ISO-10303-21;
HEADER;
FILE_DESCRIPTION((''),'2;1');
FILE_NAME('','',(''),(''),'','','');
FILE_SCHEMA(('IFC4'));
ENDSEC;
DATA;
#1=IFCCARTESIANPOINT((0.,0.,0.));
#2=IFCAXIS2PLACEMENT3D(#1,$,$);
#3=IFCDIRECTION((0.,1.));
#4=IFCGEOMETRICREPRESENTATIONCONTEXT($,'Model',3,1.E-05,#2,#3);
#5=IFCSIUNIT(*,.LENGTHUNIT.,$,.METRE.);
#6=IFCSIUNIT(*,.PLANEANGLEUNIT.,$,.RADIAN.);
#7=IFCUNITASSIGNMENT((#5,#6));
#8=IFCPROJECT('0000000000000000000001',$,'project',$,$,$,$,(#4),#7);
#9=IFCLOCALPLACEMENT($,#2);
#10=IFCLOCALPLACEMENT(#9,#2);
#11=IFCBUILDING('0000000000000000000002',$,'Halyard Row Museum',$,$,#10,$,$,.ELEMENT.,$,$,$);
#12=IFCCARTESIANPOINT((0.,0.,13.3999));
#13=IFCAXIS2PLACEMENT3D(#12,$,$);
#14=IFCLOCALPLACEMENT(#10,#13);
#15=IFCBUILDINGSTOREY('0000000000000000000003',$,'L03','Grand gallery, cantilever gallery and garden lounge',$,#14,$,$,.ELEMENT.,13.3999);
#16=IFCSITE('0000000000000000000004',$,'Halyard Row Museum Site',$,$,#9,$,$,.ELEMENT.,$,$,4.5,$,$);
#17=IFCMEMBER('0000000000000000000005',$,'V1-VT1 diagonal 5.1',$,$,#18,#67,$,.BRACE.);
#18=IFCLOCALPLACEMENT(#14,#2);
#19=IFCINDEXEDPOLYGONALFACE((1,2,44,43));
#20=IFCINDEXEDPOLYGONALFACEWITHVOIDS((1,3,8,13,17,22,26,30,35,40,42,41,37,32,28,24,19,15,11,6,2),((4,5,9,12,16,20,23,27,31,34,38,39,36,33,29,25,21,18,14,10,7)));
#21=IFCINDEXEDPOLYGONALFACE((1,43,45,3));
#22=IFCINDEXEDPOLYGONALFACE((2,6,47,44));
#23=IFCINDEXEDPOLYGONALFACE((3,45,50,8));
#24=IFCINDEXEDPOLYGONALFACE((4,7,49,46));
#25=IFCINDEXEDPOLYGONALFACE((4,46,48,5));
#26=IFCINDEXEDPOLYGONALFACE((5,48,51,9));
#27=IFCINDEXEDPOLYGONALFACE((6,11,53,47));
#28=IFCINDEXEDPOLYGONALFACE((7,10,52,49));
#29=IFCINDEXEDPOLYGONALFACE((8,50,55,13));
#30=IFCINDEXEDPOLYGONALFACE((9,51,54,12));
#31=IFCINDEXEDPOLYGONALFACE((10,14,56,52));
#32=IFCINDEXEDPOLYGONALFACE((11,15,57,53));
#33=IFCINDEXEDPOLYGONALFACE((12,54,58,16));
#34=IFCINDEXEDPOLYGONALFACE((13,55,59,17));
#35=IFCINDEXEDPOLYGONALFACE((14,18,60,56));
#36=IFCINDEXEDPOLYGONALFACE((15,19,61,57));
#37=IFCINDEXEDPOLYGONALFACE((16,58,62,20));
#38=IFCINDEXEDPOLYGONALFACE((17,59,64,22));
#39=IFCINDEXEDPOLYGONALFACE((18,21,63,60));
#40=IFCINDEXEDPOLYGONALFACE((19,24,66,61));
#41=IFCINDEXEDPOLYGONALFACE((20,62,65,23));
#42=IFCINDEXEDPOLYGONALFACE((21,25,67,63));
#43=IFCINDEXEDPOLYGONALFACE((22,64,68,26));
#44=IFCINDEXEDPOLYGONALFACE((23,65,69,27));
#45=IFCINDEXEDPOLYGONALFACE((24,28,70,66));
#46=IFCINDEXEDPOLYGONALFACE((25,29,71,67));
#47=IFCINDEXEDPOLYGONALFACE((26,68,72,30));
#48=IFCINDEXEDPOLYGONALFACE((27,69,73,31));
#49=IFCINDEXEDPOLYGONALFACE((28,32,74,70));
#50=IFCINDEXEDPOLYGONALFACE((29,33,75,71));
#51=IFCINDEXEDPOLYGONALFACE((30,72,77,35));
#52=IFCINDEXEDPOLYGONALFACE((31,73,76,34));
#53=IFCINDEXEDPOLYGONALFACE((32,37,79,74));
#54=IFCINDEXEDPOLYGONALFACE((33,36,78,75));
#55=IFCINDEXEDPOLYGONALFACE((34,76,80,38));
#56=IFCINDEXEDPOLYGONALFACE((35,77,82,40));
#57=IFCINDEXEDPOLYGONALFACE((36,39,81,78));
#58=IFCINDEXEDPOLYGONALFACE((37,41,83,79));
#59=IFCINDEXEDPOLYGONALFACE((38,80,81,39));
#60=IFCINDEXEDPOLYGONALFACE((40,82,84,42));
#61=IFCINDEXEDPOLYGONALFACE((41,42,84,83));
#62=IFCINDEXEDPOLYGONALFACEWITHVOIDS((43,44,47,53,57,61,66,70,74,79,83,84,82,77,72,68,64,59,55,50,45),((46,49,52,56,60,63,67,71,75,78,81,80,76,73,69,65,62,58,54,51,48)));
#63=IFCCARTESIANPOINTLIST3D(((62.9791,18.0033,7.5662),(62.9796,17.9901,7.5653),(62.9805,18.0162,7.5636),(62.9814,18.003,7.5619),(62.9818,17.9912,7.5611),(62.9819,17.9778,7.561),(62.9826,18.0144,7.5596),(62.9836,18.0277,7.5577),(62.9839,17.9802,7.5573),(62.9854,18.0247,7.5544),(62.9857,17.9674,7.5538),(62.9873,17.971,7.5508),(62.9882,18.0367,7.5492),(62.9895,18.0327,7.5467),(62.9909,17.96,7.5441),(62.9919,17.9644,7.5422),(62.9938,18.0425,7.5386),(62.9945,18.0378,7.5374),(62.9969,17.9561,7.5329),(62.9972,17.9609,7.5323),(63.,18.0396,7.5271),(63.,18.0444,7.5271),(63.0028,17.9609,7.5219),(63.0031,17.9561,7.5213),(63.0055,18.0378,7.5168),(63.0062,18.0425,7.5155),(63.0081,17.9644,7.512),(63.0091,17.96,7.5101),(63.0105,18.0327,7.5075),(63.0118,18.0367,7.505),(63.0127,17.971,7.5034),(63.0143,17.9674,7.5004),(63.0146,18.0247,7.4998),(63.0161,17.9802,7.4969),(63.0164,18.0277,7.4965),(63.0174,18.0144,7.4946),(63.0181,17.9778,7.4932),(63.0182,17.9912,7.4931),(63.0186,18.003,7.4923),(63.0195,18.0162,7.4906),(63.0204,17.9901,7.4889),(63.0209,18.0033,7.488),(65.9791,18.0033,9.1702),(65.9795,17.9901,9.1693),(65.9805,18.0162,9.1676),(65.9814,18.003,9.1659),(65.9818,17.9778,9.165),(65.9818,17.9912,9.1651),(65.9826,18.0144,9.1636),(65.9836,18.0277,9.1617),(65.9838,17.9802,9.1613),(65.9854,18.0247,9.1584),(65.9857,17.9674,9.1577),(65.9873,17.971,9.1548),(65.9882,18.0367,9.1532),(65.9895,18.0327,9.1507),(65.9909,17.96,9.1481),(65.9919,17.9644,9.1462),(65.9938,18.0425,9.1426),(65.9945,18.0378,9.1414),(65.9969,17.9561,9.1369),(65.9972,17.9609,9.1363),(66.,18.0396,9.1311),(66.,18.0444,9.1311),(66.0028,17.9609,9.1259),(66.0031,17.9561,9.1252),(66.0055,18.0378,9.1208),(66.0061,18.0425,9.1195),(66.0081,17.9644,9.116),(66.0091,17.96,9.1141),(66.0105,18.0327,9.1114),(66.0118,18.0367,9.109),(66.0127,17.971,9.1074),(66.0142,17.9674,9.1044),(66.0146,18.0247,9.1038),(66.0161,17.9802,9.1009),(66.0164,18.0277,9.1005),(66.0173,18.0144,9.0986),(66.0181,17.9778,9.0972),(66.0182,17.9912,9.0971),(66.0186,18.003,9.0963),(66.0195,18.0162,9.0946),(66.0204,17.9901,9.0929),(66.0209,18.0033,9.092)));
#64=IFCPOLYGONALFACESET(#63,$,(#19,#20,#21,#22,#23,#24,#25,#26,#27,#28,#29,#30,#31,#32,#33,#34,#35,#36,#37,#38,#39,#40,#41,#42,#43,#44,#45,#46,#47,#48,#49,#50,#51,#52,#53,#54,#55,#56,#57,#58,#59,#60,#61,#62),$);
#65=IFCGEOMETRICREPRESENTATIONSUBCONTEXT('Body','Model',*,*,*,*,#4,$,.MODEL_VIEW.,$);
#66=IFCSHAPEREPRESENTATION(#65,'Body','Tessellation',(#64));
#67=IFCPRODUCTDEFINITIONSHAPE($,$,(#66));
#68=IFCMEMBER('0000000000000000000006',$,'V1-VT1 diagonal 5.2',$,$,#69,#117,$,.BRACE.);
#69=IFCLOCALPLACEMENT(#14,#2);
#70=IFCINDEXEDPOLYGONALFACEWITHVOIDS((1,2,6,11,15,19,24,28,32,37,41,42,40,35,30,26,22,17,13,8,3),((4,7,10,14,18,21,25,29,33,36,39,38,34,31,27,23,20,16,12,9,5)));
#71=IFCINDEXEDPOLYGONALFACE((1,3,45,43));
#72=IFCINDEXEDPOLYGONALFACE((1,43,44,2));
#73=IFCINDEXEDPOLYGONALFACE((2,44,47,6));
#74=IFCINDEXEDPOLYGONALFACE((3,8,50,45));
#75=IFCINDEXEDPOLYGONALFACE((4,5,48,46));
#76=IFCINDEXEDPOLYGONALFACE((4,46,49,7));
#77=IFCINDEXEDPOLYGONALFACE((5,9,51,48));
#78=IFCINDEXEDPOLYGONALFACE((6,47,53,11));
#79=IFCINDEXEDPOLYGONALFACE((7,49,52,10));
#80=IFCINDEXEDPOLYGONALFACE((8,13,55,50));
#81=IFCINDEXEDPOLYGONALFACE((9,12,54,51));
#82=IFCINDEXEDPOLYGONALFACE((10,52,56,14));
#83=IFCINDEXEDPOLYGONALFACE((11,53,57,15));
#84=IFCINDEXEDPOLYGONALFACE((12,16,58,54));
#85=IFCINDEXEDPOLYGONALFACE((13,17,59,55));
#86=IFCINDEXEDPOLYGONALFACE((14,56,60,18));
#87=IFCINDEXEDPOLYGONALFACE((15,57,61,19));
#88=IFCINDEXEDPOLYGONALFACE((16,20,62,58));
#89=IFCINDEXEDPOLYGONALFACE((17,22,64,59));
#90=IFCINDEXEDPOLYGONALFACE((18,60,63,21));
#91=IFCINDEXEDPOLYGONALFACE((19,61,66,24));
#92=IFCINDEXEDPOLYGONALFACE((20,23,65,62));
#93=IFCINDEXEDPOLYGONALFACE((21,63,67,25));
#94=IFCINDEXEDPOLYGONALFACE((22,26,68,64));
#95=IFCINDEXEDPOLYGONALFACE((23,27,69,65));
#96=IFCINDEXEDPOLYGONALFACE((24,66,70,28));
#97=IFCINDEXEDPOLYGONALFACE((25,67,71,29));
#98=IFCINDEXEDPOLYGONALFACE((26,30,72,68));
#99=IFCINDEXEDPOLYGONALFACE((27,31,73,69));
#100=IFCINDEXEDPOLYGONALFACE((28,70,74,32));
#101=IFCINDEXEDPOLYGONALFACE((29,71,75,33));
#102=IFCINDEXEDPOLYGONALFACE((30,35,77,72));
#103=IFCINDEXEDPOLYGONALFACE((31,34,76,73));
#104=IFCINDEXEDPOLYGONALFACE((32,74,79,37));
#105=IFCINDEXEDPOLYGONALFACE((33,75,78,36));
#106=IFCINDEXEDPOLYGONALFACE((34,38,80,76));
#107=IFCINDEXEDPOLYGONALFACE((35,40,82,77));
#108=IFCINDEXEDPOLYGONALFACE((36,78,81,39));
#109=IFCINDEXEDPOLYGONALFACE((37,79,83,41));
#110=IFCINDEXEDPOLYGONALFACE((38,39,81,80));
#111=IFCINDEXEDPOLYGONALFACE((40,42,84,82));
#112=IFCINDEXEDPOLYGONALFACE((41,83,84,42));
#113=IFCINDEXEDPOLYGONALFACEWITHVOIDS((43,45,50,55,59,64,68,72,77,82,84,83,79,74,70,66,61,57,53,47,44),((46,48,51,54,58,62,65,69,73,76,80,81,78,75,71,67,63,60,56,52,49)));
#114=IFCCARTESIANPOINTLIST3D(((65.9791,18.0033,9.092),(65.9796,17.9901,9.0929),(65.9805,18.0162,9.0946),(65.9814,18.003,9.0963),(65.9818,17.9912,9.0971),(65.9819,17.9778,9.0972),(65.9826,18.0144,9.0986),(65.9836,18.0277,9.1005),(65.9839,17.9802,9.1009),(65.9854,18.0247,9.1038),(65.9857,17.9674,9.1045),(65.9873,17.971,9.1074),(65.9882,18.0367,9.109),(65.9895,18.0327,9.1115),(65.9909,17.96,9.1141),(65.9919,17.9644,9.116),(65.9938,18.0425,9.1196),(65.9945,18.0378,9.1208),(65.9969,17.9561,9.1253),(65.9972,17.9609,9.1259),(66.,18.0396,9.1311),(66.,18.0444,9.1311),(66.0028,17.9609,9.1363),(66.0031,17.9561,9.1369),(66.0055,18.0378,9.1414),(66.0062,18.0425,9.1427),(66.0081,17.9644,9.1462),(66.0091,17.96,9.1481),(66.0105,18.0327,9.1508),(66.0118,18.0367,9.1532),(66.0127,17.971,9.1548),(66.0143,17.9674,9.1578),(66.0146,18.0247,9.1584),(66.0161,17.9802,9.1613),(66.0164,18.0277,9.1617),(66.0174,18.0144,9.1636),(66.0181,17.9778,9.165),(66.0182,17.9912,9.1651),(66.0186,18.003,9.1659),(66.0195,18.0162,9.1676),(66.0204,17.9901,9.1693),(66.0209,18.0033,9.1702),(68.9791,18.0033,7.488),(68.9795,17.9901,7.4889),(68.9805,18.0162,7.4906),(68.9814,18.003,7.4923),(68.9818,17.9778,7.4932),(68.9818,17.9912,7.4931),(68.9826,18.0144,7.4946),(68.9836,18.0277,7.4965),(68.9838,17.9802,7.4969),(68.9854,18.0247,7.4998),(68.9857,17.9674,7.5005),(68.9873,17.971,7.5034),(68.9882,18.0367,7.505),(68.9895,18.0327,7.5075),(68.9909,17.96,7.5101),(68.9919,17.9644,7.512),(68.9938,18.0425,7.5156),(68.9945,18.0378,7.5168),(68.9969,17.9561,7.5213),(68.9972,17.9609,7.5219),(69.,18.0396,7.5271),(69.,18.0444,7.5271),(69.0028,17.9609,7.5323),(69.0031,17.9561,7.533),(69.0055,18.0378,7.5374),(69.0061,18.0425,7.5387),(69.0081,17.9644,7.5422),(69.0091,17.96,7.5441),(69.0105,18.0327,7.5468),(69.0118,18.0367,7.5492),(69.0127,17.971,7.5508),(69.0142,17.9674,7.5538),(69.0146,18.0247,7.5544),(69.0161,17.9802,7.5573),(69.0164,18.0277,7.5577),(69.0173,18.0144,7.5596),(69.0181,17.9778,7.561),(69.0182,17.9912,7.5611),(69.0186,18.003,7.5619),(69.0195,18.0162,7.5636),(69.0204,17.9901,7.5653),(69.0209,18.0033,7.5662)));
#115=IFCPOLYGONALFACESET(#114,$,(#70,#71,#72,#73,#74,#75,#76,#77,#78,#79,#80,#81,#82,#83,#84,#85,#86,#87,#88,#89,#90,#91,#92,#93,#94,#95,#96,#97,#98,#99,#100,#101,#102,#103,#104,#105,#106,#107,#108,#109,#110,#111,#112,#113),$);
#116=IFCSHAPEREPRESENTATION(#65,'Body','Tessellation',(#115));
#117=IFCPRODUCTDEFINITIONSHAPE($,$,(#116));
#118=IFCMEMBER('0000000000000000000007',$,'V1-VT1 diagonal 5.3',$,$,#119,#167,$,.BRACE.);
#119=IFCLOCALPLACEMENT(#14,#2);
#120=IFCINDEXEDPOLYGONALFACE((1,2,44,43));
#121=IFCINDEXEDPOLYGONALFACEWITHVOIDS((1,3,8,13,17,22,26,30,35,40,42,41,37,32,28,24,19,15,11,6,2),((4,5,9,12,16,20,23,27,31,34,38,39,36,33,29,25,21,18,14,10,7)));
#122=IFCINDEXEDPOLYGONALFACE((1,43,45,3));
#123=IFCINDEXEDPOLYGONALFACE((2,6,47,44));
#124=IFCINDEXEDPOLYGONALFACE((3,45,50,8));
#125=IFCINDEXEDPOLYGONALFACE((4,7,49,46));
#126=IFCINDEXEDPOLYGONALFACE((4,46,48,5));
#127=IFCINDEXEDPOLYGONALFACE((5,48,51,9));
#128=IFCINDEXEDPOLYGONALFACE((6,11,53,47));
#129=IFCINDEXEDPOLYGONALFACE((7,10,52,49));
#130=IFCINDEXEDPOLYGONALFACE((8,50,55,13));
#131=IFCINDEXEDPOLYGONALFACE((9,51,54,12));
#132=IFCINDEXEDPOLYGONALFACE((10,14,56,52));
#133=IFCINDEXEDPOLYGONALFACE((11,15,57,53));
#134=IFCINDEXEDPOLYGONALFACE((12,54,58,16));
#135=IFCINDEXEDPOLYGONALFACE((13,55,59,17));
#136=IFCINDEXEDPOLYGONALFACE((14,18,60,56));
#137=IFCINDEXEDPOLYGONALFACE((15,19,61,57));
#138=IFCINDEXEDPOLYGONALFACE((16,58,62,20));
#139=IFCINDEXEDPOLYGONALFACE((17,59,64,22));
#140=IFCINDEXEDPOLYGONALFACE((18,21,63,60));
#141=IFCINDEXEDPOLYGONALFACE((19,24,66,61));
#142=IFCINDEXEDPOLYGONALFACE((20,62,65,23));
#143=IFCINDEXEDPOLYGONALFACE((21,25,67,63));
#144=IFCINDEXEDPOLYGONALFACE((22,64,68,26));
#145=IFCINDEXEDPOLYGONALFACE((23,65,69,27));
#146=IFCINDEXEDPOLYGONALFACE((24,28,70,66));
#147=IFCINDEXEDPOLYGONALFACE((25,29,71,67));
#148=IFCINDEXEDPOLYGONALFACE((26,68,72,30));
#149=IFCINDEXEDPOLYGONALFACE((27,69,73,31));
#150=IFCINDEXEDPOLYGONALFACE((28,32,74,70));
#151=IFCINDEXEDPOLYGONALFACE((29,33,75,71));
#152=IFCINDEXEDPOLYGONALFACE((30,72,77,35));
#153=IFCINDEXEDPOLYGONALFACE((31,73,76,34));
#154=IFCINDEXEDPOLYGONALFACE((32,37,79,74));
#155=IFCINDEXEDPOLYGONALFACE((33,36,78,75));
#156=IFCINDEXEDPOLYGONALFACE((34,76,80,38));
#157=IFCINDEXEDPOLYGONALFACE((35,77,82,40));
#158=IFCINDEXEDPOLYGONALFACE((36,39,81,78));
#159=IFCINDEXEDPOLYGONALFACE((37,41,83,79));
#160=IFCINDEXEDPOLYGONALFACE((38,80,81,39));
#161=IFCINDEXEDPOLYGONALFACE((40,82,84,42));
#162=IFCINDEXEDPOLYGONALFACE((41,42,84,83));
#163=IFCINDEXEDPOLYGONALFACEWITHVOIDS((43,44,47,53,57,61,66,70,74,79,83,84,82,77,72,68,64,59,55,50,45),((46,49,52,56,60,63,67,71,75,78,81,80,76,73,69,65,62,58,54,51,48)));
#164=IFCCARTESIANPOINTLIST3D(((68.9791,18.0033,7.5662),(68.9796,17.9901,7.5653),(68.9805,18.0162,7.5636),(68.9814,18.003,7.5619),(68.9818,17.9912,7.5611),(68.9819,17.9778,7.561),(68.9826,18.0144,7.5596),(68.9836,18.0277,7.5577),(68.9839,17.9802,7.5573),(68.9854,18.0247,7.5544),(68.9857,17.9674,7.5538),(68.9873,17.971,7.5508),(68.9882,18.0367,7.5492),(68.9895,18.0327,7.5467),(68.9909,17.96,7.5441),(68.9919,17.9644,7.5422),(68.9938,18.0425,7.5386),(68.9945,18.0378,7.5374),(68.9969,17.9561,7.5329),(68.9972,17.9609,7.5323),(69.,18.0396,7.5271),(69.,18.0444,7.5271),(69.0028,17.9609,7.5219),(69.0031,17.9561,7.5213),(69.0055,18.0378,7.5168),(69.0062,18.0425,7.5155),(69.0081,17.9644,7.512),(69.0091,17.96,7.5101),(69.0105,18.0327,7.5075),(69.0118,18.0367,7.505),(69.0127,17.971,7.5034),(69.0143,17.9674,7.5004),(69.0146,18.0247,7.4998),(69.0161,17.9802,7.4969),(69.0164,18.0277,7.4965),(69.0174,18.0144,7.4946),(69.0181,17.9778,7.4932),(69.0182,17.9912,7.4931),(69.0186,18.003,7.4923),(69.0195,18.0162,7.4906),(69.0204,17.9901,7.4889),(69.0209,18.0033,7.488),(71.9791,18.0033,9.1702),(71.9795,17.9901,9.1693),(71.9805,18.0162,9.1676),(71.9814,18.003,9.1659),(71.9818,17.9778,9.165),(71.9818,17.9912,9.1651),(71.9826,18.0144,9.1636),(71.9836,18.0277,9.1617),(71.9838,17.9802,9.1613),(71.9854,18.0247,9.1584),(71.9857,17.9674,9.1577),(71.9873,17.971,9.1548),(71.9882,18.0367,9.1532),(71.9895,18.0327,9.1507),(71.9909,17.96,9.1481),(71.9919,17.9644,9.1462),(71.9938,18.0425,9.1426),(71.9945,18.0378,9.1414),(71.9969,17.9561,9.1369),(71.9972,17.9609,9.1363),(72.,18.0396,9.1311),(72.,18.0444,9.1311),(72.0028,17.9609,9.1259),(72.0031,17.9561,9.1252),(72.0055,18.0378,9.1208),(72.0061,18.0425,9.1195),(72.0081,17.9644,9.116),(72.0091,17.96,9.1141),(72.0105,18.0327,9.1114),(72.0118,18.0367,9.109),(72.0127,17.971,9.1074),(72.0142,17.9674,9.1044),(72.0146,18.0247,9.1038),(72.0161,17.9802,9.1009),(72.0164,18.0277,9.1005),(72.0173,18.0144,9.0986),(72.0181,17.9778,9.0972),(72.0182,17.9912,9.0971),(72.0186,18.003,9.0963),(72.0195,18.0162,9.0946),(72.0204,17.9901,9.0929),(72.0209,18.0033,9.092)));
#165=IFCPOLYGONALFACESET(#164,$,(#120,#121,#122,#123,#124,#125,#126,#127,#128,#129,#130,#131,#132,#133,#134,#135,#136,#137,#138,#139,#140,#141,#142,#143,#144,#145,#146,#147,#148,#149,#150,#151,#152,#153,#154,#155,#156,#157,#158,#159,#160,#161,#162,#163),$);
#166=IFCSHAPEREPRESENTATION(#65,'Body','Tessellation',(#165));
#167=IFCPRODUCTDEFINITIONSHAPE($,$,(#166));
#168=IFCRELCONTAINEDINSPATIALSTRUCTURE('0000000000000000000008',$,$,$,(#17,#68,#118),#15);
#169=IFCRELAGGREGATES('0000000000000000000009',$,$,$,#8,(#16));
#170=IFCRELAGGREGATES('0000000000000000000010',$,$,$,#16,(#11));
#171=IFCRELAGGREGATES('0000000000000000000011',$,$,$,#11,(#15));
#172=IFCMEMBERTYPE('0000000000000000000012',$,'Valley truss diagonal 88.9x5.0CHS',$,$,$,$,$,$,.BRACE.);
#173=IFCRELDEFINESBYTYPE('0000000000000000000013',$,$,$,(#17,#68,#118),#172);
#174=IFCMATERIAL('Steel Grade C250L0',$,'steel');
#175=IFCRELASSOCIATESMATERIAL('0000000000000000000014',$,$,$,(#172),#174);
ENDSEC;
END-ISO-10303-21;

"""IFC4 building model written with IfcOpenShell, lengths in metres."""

from ifc_helpers import new_model, si_unit, direction, frame, origin, origin_2d, place, context, subcontext, project, spatial, hollow_circle, extrude, material, material_profile, profile_set, type_object, element, save


model = new_model("IFC4")

# Units and contexts
model_context = context("Model", 3, precision=1e-05, world=origin(), true_north=direction((0.0, 1.0)))
body_context = subcontext(model_context, "Body", "Model", "MODEL_VIEW")
ifc_project = project(units=[si_unit("LENGTHUNIT", "METRE"), si_unit("PLANEANGLEUNIT", "RADIAN")], contexts=[model_context])

# Site, building, storey
site_placement = place(None, origin())
site = spatial("IfcSite", under=ifc_project, at=site_placement, Name="Halyard Row Museum Site", CompositionType="ELEMENT", RefElevation=4.5)
building_placement = place(site_placement, origin())
building = spatial("IfcBuilding", under=site, at=building_placement, Name="Halyard Row Museum", CompositionType="ELEMENT")
storey_placement = place(building_placement, frame((0.0, 0.0, 13.3999)))
storey = spatial("IfcBuildingStorey", under=building, at=storey_placement, Name="L03", Description="Grand gallery, cantilever gallery and garden lounge", CompositionType="ELEMENT", Elevation=13.3999)

# Members
ifc_material_1 = material(Name="Steel Grade C250L0", Category="steel")
ifc_material_profile_1 = material_profile(ifc_material_1, hollow_circle(Radius=0.0444, WallThickness=0.0049, at=origin_2d()), Name="88.9x5.0CHS")
ifc_profile_set_1 = profile_set([ifc_material_profile_1], Name="Steel Grade C250L0")
member_type_1 = type_object("IfcMemberType", Name="Valley truss diagonal 88.9x5.0CHS", PredefinedType="BRACE", material=ifc_profile_set_1)
for number, where, z_axis, x_axis, name in (
    (1, (63.0, 18.0, 7.5271), (0.881864, 0.0, 0.471504), (0.0, 1.0, 0.0), "V1-VT1 diagonal 5.1"),
    (2, (66.0, 18.0, 9.1311), (0.881864, 0.0, -0.471504), (0.0, 1.0, 0.0), "V1-VT1 diagonal 5.2"),
    (3, (69.0, 18.0, 7.5271), (0.881864, 0.0, 0.471504), (0.0, 1.0, 0.0), "V1-VT1 diagonal 5.3"),
):
    element("IfcMember", number, at=place(storey_placement, frame(where, z_axis=z_axis, x_axis=x_axis)), inside=storey, type_object=member_type_1, Name=name, PredefinedType="BRACE", context=body_context, shape_type="SweptSolid", body=[
        extrude(hollow_circle(Radius=0.0444, WallThickness=0.0049, at=origin_2d()), origin(), (0.0, 0.0, 1.0), 3.4019),
    ])

save(model, "model.ifc")
